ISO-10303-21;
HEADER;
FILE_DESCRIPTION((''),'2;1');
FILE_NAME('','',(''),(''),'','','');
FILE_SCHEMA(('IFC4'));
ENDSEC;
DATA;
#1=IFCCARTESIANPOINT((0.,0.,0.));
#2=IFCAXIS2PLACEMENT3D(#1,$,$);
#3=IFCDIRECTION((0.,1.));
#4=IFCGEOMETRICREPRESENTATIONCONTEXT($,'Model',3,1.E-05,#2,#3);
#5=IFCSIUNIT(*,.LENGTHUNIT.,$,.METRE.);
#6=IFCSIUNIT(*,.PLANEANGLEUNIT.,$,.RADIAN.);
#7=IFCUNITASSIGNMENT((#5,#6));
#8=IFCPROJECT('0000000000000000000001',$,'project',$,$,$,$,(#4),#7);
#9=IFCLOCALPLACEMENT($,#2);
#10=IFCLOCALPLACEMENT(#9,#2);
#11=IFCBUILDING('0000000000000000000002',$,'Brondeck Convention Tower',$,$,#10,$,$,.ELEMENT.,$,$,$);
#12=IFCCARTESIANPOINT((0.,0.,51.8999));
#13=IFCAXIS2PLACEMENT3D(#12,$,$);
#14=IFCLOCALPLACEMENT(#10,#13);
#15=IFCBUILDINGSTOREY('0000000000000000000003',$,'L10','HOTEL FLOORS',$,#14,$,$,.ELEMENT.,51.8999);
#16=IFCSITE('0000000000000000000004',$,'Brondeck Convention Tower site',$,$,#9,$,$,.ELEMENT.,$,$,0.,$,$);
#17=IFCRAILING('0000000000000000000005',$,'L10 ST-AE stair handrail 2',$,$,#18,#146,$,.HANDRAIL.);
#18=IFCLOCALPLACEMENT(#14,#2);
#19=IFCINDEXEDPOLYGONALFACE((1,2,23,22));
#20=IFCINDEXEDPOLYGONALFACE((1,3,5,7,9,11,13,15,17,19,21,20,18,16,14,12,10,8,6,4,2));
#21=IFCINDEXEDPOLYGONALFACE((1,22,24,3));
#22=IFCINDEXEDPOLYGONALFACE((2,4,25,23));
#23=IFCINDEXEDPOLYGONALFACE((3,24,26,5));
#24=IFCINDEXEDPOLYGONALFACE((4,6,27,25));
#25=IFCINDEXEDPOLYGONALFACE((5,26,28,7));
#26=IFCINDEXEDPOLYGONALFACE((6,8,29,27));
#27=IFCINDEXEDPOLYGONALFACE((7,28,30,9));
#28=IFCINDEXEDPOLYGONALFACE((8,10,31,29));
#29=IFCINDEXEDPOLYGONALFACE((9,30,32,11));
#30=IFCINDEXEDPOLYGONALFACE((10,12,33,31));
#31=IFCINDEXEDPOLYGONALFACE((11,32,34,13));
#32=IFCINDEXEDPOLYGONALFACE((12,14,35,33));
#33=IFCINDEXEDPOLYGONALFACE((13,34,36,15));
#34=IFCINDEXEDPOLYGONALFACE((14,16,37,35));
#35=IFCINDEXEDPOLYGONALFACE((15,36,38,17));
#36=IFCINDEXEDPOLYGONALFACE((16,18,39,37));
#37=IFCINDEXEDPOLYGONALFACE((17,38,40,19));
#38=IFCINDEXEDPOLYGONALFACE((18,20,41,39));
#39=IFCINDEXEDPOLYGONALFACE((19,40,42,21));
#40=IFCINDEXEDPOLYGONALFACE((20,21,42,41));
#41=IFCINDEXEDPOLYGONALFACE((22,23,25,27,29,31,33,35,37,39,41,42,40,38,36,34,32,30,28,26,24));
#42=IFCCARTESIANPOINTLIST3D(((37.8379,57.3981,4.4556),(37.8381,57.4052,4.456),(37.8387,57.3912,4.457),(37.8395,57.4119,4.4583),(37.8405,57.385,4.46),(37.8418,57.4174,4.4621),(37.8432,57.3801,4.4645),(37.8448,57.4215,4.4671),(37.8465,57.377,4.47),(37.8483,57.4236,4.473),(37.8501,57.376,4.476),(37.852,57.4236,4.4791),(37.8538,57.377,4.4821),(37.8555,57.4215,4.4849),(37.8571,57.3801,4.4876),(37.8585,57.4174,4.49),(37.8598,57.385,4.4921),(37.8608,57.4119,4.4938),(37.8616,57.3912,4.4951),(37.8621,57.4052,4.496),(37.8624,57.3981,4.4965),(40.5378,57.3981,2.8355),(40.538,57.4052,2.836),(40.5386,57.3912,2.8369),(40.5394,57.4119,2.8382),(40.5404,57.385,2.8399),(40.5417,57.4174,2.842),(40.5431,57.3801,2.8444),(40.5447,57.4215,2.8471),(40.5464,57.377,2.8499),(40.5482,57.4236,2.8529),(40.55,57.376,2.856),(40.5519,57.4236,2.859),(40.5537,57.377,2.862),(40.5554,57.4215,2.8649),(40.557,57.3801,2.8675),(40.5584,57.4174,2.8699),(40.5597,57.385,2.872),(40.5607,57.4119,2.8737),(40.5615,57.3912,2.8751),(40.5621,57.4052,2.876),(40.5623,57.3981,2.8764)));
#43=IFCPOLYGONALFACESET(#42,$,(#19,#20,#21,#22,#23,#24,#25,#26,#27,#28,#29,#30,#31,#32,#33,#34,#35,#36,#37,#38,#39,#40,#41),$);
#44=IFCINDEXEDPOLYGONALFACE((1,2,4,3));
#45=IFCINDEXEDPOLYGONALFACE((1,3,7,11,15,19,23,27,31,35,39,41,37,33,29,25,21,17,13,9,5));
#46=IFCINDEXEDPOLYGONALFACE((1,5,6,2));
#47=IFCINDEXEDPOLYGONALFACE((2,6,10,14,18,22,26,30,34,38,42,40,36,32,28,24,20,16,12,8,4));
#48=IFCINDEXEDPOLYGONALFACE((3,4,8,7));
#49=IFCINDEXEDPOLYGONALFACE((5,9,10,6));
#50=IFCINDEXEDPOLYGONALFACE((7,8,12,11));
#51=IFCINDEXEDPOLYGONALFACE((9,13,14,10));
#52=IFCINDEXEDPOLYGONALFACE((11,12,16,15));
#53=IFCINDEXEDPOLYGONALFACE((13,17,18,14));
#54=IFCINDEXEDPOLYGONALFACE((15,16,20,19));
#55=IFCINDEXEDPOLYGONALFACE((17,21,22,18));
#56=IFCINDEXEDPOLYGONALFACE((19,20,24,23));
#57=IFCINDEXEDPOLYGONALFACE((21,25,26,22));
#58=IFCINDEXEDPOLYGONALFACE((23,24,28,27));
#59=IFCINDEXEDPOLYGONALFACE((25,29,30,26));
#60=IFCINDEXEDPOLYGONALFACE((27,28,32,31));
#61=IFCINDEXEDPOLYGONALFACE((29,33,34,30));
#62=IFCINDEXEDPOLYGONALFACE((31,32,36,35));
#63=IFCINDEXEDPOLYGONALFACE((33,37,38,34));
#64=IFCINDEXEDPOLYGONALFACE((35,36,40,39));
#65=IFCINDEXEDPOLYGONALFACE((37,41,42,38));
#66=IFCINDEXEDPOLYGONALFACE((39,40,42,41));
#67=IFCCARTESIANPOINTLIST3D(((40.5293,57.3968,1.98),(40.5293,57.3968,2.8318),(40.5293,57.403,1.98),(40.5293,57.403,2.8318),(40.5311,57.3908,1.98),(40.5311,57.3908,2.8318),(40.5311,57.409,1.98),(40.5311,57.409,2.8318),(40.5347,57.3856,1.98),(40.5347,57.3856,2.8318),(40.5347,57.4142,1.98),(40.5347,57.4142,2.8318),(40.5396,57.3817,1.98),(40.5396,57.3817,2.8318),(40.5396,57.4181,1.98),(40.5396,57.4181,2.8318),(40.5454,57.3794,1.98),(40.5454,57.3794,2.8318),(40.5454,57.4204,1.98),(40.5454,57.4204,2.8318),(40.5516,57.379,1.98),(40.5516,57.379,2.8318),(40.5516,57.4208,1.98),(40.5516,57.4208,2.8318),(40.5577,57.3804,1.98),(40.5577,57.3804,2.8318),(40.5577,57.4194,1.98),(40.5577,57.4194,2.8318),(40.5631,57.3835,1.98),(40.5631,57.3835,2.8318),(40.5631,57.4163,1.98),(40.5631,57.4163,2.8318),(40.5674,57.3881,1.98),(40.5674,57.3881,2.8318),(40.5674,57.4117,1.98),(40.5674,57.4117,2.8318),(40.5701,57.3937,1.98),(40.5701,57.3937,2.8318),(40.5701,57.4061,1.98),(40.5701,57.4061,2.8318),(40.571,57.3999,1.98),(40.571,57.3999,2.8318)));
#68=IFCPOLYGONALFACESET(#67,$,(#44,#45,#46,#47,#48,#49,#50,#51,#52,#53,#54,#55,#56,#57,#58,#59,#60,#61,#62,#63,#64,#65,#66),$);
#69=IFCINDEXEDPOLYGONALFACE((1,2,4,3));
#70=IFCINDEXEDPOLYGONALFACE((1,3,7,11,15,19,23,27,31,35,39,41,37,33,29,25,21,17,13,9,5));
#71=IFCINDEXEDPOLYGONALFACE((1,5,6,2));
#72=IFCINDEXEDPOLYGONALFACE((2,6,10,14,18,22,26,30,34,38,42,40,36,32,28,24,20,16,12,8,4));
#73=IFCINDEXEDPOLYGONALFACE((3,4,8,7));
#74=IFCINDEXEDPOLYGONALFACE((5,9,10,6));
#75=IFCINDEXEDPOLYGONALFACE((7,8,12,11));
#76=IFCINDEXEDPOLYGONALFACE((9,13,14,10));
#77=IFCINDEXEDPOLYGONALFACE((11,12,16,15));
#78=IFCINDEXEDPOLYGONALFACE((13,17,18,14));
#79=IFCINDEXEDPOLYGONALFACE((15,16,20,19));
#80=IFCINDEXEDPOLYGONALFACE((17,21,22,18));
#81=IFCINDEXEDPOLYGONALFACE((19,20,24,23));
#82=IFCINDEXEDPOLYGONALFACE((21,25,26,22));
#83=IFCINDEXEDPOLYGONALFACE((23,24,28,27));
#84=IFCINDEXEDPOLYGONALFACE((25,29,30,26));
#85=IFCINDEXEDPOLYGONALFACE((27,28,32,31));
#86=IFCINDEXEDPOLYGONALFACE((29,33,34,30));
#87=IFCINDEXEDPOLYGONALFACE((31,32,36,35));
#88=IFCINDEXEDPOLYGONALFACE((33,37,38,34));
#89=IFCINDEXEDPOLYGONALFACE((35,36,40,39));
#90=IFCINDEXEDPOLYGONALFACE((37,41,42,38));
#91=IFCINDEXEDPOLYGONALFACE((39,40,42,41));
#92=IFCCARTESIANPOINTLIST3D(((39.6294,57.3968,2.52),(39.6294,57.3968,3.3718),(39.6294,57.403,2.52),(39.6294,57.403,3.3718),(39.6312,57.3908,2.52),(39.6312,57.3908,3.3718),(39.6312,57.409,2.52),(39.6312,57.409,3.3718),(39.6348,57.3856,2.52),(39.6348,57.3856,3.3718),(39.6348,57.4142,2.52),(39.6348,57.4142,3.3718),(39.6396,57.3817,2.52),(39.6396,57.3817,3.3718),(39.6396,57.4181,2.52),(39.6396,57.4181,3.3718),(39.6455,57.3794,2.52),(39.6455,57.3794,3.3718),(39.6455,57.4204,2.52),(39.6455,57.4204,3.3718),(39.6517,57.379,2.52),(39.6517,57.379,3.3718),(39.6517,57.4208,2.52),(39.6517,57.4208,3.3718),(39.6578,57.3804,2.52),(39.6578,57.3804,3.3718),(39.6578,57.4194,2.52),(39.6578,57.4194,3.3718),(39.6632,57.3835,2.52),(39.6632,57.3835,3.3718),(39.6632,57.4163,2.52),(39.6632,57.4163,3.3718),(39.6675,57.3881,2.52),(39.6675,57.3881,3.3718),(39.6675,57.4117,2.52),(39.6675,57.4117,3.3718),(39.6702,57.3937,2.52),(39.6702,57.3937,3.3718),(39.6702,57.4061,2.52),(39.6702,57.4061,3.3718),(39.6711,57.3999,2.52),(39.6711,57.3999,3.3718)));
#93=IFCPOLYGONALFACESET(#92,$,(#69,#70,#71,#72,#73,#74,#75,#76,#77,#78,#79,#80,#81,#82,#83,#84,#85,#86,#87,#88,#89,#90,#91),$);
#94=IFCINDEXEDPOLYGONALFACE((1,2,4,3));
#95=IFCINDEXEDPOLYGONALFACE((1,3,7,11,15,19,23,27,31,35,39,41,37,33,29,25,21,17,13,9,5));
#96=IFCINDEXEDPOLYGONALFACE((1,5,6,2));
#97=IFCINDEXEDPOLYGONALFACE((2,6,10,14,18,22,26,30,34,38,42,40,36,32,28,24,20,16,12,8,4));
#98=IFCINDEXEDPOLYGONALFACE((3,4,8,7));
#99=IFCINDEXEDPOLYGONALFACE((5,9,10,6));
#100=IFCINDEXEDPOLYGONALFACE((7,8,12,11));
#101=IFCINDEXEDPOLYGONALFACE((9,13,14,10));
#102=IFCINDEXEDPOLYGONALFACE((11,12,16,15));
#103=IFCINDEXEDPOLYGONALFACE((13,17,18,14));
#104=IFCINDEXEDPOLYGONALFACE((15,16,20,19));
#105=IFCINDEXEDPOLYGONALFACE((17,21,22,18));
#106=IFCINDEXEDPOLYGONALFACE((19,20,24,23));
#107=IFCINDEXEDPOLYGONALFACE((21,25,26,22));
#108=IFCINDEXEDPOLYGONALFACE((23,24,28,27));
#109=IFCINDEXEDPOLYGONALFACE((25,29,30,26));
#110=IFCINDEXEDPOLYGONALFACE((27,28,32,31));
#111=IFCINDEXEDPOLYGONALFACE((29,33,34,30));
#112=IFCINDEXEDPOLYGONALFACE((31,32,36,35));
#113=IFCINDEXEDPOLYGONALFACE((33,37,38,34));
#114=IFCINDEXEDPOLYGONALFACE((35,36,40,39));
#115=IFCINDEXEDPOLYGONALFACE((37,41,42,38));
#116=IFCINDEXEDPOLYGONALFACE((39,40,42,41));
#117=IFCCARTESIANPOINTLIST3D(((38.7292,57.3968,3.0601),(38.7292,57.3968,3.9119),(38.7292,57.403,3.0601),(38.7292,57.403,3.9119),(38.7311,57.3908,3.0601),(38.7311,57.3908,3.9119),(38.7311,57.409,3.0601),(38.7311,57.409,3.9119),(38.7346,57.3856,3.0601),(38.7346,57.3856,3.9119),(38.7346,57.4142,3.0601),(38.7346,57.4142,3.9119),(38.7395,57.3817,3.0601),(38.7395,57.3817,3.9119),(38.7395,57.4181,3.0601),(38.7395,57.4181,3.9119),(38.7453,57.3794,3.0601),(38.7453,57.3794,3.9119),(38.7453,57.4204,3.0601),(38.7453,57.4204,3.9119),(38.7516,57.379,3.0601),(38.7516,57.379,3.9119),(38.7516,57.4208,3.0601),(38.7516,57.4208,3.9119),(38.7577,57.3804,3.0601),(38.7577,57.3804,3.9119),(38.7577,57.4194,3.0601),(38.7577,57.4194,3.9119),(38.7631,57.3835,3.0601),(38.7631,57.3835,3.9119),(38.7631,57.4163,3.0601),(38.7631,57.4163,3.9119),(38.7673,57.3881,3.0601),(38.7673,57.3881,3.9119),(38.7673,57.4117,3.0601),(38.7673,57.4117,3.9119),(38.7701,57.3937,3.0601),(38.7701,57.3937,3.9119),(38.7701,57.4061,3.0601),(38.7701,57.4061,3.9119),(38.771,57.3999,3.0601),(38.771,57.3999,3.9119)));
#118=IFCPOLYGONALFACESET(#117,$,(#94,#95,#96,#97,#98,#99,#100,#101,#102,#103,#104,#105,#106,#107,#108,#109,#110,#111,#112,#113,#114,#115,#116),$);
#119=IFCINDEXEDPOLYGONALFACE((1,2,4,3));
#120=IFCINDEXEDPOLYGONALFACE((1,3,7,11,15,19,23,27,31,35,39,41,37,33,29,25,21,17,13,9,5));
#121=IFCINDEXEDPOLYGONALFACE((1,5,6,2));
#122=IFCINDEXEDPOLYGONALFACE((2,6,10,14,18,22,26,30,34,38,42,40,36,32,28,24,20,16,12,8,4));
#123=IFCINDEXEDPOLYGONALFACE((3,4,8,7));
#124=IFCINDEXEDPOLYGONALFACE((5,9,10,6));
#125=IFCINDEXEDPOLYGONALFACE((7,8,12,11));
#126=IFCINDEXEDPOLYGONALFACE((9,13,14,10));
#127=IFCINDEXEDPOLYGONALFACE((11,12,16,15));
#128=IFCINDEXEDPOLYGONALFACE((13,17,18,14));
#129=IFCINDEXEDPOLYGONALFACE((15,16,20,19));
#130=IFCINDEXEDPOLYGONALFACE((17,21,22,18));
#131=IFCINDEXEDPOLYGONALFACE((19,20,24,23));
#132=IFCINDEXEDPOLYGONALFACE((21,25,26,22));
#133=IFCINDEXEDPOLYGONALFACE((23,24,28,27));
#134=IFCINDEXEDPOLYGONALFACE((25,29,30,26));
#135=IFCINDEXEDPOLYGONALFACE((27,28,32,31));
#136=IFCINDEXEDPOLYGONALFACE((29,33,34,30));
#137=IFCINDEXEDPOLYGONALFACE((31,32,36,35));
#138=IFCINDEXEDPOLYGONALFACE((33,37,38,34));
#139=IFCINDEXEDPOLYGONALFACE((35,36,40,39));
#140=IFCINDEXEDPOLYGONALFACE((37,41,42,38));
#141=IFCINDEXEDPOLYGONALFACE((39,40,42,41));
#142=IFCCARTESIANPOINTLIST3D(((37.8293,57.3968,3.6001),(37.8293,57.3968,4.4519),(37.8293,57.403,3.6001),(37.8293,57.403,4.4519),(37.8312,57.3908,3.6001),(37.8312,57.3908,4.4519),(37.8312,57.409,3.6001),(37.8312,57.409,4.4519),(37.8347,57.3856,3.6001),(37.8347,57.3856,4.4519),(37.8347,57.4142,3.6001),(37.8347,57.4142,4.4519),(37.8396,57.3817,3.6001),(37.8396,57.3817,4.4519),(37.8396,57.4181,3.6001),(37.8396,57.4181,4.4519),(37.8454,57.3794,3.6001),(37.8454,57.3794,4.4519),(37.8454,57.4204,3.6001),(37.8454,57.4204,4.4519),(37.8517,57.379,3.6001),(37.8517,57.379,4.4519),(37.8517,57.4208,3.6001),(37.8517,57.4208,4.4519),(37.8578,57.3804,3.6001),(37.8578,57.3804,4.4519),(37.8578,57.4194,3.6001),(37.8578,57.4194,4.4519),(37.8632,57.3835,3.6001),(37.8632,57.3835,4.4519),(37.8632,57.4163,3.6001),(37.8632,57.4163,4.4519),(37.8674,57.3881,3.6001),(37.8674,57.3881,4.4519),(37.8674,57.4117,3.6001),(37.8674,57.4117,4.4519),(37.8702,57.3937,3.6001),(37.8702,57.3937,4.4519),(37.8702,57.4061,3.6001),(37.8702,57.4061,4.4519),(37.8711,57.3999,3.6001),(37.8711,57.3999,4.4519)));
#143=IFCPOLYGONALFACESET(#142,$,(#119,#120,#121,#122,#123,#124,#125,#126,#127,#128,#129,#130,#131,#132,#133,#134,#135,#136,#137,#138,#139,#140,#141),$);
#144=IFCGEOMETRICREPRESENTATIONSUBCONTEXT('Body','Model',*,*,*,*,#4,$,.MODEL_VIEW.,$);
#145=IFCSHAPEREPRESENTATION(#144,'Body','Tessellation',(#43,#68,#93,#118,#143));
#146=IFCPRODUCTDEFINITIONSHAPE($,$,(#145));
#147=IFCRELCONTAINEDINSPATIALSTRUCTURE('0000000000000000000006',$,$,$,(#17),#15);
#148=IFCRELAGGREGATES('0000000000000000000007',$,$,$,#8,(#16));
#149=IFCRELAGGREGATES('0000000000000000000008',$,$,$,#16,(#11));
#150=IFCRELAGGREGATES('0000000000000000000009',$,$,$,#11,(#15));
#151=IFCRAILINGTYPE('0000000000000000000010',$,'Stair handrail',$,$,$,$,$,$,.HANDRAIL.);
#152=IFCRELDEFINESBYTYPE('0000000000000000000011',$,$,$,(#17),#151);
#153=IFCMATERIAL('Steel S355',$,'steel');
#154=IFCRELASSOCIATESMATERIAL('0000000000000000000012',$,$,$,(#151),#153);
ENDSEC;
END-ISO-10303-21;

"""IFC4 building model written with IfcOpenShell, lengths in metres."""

from ifc_helpers import new_model, si_unit, direction, frame, origin, origin_2d, place, context, subcontext, project, spatial, circle, extrude, material, type_object, element, save


model = new_model("IFC4")

# Units and contexts
model_context = context("Model", 3, precision=1e-05, world=origin(), true_north=direction((0.0, 1.0)))
body_context = subcontext(model_context, "Body", "Model", "MODEL_VIEW")
ifc_project = project(units=[si_unit("LENGTHUNIT", "METRE"), si_unit("PLANEANGLEUNIT", "RADIAN")], contexts=[model_context])

# Site, building, storey
site_placement = place(None, origin())
site = spatial("IfcSite", under=ifc_project, at=site_placement, Name="Brondeck Convention Tower site", CompositionType="ELEMENT", RefElevation=0.0)
building_placement = place(site_placement, origin())
building = spatial("IfcBuilding", under=site, at=building_placement, Name="Brondeck Convention Tower", CompositionType="ELEMENT")
storey_placement = place(building_placement, frame((0.0, 0.0, 51.8999)))
storey = spatial("IfcBuildingStorey", under=building, at=storey_placement, Name="L10", Description="HOTEL FLOORS", CompositionType="ELEMENT", Elevation=51.8999)

# Railing
ifc_material_1 = material(Name="Steel S355", Category="steel")
railing_type_1 = type_object("IfcRailingType", Name="Stair handrail", PredefinedType="HANDRAIL", material=ifc_material_1)
railing_1_placement = place(storey_placement, frame((40.55, 57.3999, 1.98)))
element("IfcRailing", 1, at=railing_1_placement, inside=storey, type_object=railing_type_1, Name="L10 ST-AE stair handrail 2", PredefinedType="HANDRAIL", context=body_context, shape_type="SweptSolid", body=[
    extrude(circle(Radius=0.0239, at=origin_2d()), frame((0.0, 0.0, 0.876), z_axis=(-0.857472, 0.0, 0.51453), x_axis=(0.0, -1.0, 0.0)), (0.0, 0.0, 1.0), 3.1487),
    extrude(circle(Radius=0.021, at=origin_2d()), origin(), (0.0, 0.0, 1.0), 0.8518),
    extrude(circle(Radius=0.021, at=origin_2d()), frame((-0.8999, 0.0, 0.54)), (0.0, 0.0, 1.0), 0.8518),
    extrude(circle(Radius=0.021, at=origin_2d()), frame((-1.8, 0.0, 1.0801)), (0.0, 0.0, 1.0), 0.8518),
    extrude(circle(Radius=0.021, at=origin_2d()), frame((-2.7, 0.0, 1.6201)), (0.0, 0.0, 1.0), 0.8518),
])

save(model, "model.ifc")
